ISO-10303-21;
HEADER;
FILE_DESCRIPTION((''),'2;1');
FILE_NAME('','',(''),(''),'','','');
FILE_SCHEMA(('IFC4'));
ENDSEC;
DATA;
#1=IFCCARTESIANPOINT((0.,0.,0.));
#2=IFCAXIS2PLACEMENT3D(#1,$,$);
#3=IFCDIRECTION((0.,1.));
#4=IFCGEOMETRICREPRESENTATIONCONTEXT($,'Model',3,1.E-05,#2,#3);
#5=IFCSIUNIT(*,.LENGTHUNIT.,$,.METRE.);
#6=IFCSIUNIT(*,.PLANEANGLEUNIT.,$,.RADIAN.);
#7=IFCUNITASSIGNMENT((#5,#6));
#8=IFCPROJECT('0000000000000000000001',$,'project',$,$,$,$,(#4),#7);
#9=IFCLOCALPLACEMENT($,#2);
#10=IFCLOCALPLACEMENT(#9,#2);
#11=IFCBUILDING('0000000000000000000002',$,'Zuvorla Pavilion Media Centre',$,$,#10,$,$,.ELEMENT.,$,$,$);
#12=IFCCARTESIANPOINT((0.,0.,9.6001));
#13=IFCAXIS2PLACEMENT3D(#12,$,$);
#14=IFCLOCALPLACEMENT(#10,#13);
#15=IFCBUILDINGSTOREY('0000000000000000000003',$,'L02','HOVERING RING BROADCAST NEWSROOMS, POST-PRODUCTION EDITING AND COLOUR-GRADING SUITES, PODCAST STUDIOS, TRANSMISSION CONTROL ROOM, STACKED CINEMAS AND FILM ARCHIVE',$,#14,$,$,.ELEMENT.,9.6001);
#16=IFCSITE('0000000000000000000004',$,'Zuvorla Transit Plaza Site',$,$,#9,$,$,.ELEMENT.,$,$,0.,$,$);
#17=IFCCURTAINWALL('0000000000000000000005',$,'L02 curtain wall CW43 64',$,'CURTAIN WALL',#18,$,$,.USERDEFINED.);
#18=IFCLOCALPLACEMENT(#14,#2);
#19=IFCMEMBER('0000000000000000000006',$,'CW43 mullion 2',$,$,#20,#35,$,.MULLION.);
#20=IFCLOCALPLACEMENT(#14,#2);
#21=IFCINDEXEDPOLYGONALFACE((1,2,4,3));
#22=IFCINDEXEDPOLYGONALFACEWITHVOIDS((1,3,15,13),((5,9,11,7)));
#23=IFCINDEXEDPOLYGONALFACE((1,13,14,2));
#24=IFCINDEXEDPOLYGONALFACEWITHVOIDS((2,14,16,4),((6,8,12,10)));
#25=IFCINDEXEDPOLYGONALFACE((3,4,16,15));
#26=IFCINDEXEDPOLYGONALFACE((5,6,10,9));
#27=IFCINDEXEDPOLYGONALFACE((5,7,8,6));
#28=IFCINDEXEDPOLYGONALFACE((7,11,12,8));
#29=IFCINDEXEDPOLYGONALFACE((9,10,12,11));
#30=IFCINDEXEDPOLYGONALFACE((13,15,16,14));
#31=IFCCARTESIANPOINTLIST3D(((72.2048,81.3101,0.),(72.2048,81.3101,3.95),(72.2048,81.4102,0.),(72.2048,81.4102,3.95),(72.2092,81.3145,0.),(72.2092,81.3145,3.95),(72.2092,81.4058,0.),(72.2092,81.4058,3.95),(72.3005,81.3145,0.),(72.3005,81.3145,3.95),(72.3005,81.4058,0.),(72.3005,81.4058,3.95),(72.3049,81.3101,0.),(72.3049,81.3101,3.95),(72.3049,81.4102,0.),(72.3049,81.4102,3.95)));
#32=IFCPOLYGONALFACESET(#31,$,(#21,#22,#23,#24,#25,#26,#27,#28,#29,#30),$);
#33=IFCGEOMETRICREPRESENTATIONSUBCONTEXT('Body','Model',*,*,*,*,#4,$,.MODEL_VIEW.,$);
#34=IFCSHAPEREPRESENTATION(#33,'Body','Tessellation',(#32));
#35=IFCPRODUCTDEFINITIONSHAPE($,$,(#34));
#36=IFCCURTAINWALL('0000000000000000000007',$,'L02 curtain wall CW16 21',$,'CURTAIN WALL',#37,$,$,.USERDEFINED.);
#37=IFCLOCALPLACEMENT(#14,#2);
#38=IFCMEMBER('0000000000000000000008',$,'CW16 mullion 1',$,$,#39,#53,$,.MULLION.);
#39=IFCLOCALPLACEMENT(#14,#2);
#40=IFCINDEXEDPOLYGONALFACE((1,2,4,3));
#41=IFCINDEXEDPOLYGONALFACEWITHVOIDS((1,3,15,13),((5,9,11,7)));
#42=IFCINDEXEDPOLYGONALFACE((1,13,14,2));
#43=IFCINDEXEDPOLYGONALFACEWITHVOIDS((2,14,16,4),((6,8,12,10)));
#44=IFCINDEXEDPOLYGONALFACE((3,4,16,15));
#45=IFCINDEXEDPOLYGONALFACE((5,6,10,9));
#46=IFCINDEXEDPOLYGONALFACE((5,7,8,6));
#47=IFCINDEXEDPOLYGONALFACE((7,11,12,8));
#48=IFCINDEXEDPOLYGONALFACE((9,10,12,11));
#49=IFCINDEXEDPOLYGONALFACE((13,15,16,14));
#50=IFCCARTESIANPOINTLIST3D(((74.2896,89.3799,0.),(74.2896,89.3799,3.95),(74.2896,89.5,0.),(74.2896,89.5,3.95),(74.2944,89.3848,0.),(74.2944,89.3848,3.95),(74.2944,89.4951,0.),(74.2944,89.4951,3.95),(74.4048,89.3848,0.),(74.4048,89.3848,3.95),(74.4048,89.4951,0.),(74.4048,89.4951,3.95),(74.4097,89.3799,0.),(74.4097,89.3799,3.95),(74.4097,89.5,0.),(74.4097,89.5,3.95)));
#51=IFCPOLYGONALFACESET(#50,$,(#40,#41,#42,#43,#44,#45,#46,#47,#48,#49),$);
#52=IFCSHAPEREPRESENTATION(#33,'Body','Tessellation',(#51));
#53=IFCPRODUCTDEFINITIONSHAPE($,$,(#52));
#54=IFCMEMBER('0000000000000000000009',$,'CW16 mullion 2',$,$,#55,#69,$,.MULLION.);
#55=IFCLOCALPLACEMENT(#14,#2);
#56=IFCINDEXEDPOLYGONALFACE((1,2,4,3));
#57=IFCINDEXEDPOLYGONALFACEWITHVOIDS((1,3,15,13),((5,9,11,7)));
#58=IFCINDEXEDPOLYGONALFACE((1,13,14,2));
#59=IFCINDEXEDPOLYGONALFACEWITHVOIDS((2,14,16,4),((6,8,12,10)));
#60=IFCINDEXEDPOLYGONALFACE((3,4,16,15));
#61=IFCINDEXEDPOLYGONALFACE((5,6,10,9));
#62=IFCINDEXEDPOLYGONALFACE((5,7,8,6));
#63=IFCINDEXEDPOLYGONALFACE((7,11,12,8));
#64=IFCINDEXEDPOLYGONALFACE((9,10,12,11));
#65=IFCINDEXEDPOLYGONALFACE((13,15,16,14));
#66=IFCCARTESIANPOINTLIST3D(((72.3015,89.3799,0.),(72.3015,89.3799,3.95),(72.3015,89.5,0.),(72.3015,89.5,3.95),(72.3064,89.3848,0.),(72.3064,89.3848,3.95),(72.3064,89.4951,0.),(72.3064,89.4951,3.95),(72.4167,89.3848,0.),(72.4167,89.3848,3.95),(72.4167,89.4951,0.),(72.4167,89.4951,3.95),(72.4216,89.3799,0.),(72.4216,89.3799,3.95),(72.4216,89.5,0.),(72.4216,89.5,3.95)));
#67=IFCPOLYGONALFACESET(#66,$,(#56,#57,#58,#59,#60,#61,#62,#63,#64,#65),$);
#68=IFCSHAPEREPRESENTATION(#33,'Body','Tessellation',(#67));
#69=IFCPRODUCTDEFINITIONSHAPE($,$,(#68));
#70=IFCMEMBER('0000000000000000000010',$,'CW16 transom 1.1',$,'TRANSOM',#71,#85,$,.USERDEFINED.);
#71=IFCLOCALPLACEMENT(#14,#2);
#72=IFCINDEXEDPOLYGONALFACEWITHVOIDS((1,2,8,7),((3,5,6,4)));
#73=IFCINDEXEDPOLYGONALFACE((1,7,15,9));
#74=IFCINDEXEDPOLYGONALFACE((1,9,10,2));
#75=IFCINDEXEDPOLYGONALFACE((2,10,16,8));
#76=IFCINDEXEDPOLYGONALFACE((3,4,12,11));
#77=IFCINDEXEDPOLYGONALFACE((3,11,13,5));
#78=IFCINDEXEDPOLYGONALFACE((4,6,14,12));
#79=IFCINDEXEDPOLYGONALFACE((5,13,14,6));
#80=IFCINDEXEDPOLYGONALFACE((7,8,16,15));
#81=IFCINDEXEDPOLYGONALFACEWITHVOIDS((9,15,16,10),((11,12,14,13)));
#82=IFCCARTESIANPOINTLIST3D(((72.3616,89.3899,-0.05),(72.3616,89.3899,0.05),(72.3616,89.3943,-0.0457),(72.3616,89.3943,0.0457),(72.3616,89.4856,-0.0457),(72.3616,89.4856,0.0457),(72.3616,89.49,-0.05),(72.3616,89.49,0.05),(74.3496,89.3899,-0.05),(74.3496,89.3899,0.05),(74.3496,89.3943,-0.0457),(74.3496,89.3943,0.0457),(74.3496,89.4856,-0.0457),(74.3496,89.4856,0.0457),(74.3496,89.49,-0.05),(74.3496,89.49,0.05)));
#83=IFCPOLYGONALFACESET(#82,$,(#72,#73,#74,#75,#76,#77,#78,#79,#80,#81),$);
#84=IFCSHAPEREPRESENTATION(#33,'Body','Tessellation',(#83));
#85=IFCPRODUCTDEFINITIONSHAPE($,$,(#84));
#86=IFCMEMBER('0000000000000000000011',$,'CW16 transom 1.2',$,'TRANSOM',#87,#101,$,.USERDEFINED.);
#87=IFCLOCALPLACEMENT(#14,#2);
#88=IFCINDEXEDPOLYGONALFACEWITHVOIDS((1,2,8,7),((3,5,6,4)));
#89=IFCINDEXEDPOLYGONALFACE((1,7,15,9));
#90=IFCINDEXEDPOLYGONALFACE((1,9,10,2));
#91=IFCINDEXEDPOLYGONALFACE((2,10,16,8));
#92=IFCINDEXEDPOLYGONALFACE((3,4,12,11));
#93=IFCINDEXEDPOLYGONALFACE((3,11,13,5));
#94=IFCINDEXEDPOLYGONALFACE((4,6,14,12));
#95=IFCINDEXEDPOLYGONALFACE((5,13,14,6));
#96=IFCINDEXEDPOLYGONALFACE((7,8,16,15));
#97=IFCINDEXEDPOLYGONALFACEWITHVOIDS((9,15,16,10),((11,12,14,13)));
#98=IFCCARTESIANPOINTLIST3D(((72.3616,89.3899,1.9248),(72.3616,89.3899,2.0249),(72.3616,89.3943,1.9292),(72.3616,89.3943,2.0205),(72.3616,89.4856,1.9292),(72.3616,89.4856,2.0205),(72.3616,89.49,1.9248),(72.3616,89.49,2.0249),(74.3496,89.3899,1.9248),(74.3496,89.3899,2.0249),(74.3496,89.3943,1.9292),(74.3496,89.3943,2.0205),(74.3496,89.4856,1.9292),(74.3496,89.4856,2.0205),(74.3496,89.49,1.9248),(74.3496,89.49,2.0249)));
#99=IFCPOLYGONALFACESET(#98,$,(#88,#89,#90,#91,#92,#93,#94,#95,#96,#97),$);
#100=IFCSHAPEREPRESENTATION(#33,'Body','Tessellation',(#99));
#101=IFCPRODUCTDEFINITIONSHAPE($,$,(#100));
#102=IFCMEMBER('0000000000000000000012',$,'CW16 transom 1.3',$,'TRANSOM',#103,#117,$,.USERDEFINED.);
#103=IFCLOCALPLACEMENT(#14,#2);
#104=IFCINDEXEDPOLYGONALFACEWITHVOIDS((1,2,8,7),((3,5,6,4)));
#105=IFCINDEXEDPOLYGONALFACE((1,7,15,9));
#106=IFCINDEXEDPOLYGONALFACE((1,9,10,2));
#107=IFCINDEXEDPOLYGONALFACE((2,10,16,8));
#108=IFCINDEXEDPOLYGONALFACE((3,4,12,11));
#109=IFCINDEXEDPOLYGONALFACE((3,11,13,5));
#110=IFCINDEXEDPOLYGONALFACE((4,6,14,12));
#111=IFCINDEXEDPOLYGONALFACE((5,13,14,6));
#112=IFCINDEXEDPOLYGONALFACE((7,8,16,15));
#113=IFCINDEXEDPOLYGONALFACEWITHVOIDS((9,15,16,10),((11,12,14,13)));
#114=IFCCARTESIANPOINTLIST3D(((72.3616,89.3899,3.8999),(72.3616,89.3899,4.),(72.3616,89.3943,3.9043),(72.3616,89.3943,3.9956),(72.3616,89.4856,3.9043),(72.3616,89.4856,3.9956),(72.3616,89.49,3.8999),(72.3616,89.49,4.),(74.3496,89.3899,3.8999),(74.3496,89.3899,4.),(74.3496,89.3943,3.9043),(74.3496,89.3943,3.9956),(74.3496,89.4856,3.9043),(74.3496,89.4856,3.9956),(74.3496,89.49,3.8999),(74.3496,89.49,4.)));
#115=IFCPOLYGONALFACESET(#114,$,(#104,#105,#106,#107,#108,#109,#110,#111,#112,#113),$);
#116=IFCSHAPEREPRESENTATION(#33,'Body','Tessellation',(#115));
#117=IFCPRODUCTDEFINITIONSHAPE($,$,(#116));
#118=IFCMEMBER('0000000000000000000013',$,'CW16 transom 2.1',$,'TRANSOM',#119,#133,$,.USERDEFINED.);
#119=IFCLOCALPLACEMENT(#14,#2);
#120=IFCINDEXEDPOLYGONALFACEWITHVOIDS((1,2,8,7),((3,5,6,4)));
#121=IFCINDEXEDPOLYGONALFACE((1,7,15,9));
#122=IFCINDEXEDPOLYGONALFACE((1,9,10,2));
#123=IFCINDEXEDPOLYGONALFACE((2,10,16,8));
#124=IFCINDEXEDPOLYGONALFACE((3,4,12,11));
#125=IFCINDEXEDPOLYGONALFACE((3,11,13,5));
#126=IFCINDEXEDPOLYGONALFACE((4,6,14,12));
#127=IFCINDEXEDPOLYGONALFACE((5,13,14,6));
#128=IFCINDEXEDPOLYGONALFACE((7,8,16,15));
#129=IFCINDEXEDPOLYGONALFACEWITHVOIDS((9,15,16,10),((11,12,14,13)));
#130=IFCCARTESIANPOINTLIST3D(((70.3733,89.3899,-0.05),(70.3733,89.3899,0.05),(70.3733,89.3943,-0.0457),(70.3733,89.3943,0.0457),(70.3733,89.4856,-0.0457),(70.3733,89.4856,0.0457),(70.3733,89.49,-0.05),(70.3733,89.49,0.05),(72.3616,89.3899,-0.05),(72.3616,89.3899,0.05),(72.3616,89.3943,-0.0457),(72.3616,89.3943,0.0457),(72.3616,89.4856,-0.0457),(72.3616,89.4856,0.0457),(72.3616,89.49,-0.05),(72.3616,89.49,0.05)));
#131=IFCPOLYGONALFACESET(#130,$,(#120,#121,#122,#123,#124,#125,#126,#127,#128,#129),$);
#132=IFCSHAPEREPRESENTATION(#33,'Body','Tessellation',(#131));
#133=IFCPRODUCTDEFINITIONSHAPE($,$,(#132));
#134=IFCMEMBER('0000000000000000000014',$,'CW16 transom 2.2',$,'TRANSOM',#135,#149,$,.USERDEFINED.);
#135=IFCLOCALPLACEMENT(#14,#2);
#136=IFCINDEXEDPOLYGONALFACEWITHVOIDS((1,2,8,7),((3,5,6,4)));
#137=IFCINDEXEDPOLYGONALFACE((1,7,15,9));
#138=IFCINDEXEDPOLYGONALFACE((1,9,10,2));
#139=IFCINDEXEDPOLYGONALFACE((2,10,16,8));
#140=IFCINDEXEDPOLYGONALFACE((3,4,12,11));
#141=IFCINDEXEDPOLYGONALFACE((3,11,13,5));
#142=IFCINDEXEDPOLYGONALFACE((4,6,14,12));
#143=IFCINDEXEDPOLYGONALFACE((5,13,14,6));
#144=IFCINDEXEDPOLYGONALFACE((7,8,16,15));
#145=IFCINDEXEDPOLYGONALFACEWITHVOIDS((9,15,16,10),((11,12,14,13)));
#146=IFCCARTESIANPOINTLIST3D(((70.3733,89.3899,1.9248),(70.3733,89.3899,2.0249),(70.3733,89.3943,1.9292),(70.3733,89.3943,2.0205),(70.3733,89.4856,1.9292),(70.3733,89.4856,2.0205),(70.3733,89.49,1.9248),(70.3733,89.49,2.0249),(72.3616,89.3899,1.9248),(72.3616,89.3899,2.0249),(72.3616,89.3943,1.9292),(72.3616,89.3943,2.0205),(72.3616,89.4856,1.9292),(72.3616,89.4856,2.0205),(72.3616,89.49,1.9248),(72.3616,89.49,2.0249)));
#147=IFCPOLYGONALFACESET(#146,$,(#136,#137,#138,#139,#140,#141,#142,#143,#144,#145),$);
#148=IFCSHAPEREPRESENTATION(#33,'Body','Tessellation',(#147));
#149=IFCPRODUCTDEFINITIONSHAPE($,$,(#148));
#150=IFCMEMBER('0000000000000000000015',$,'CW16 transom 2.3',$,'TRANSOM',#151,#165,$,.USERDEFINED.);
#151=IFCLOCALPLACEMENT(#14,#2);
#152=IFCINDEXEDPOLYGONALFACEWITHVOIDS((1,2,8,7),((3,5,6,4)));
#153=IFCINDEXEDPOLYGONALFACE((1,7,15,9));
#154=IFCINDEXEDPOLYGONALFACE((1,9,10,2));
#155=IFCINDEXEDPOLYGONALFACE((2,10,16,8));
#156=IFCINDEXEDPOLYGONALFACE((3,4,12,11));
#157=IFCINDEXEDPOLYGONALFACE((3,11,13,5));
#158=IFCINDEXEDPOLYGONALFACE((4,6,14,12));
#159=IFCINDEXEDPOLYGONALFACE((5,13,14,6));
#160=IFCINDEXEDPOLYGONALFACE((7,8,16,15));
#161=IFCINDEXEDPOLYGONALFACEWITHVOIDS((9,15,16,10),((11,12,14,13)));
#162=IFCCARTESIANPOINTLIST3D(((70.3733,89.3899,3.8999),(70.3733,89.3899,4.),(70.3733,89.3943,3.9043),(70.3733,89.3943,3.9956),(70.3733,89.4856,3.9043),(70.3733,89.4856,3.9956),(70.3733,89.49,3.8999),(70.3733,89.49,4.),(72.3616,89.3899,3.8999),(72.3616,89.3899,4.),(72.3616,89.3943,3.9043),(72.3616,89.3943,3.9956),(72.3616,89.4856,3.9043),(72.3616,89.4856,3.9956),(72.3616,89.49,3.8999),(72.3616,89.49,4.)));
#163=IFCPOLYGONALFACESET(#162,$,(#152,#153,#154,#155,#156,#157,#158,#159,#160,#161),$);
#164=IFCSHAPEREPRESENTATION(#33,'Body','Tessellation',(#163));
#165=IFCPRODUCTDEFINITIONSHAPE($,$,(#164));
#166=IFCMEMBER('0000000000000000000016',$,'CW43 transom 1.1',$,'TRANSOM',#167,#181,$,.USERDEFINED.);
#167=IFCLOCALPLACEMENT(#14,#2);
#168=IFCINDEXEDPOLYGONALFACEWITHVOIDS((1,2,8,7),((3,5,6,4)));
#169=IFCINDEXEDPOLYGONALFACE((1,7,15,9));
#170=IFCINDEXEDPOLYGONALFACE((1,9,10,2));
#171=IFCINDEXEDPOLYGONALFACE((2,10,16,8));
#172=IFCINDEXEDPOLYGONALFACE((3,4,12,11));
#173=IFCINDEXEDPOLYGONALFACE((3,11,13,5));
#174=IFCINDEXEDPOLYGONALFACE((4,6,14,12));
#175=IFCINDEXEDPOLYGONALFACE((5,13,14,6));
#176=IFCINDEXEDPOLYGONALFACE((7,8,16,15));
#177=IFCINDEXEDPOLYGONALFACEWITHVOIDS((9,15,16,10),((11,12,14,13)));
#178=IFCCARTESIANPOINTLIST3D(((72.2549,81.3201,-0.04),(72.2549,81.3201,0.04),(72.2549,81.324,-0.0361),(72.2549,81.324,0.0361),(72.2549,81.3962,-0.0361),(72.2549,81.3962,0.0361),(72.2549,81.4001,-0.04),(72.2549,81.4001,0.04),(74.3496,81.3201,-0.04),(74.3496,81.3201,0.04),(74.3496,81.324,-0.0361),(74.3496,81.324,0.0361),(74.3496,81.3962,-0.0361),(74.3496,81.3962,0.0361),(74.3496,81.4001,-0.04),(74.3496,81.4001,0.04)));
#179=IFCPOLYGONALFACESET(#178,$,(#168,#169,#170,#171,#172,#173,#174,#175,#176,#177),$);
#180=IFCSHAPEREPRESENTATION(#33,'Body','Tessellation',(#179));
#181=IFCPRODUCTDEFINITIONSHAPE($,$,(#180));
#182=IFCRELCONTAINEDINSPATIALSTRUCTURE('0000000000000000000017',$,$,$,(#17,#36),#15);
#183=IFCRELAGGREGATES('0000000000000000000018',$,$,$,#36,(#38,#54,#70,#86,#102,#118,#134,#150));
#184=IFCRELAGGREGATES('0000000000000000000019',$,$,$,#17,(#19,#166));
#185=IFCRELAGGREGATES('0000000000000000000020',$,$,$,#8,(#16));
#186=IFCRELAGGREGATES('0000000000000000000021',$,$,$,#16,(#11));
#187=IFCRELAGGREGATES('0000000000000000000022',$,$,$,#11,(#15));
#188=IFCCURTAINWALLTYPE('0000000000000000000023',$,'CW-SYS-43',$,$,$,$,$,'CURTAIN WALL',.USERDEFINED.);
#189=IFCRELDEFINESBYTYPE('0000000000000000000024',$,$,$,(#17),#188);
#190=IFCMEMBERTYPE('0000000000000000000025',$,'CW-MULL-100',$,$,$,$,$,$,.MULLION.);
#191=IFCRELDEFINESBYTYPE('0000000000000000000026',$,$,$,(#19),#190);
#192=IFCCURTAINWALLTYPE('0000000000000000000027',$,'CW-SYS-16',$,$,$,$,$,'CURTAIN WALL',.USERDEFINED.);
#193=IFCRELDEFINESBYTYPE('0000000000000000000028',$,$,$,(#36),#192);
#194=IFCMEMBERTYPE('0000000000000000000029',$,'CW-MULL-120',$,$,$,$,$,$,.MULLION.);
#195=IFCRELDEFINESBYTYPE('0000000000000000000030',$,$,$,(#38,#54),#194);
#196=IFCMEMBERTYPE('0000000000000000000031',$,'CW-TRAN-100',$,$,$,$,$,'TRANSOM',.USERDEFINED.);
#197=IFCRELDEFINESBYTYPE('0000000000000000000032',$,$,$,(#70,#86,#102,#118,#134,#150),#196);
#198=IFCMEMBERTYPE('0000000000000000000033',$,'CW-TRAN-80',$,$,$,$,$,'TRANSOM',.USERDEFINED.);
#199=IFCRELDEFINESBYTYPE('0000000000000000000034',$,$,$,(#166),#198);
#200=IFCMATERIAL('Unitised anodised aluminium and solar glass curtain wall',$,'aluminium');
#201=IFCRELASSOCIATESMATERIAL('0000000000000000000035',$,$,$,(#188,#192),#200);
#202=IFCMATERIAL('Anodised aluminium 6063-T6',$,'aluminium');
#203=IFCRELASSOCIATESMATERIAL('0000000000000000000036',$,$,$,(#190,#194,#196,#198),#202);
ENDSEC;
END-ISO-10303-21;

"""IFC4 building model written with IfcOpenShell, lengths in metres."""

from ifc_helpers import new_model, si_unit, direction, frame, origin, origin_2d, place, context, subcontext, project, spatial, hollow_rectangle, extrude, material, material_profile, profile_set, type_object, element, aggregate, save


model = new_model("IFC4")

# Units and contexts
model_context = context("Model", 3, precision=1e-05, world=origin(), true_north=direction((0.0, 1.0)))
body_context = subcontext(model_context, "Body", "Model", "MODEL_VIEW")
ifc_project = project(units=[si_unit("LENGTHUNIT", "METRE"), si_unit("PLANEANGLEUNIT", "RADIAN")], contexts=[model_context])

# Site, building, storey
site_placement = place(None, origin())
site = spatial("IfcSite", under=ifc_project, at=site_placement, Name="Zuvorla Transit Plaza Site", CompositionType="ELEMENT", RefElevation=0.0)
building_placement = place(site_placement, origin())
building = spatial("IfcBuilding", under=site, at=building_placement, Name="Zuvorla Pavilion Media Centre", CompositionType="ELEMENT")
storey_placement = place(building_placement, frame((0.0, 0.0, 9.6001)))
storey = spatial("IfcBuildingStorey", under=building, at=storey_placement, Name="L02", Description="HOVERING RING BROADCAST NEWSROOMS, POST-PRODUCTION EDITING AND COLOUR-GRADING SUITES, PODCAST STUDIOS, TRANSMISSION CONTROL ROOM, STACKED CINEMAS AND FILM ARCHIVE", CompositionType="ELEMENT", Elevation=9.6001)

# Curtain walls, members
ifc_material_1 = material(Name="Unitised anodised aluminium and solar glass curtain wall", Category="aluminium")
curtain_wall_type_1 = type_object("IfcCurtainWallType", Name="CW-SYS-43", ElementType="CURTAIN WALL", PredefinedType="USERDEFINED", material=ifc_material_1)
curtain_wall_1_placement = place(storey_placement, origin())
curtain_wall_1 = element("IfcCurtainWall", 1, at=curtain_wall_1_placement, inside=storey, type_object=curtain_wall_type_1, Name="L02 curtain wall CW43 64", ObjectType="CURTAIN WALL", PredefinedType="USERDEFINED")
ifc_material_2 = material(Name="Anodised aluminium 6063-T6", Category="aluminium")
ifc_material_profile_1 = material_profile(ifc_material_2, hollow_rectangle(XDim=0.1001, YDim=0.1001, WallThickness=0.0044, at=origin_2d()), Name="ALU MULL 100x100")
ifc_profile_set_1 = profile_set([ifc_material_profile_1], Name="Anodised aluminium 6063-T6")
member_type_1 = type_object("IfcMemberType", Name="CW-MULL-100", PredefinedType="MULLION", material=ifc_profile_set_1)
member_1_placement = place(storey_placement, frame((72.2549, 81.3601, 0.0), z_axis=(0.0, 0.0, 1.0), x_axis=(1.0, 0.0, 0.0)))
member_1 = element("IfcMember", 2, at=member_1_placement, type_object=member_type_1, Name="CW43 mullion 2", PredefinedType="MULLION", context=body_context, shape_type="SweptSolid", body=[
    extrude(hollow_rectangle(XDim=0.1001, YDim=0.1001, WallThickness=0.0044, at=origin_2d()), origin(), (0.0, 0.0, 1.0), 3.95),
])
curtain_wall_type_2 = type_object("IfcCurtainWallType", Name="CW-SYS-16", ElementType="CURTAIN WALL", PredefinedType="USERDEFINED", material=ifc_material_1)
curtain_wall_2_placement = place(storey_placement, origin())
curtain_wall_2 = element("IfcCurtainWall", 3, at=curtain_wall_2_placement, inside=storey, type_object=curtain_wall_type_2, Name="L02 curtain wall CW16 21", ObjectType="CURTAIN WALL", PredefinedType="USERDEFINED")
ifc_material_profile_2 = material_profile(ifc_material_2, hollow_rectangle(XDim=0.1201, YDim=0.1201, WallThickness=0.0049, at=origin_2d()), Name="ALU MULL 120x120")
ifc_profile_set_2 = profile_set([ifc_material_profile_2], Name="Anodised aluminium 6063-T6")
member_type_2 = type_object("IfcMemberType", Name="CW-MULL-120", PredefinedType="MULLION", material=ifc_profile_set_2)
member_2_placement = place(storey_placement, frame((74.3496, 89.4399, 0.0), z_axis=(0.0, 0.0, 1.0), x_axis=(1.0, 0.0, 0.0)))
member_2 = element("IfcMember", 4, at=member_2_placement, type_object=member_type_2, Name="CW16 mullion 1", PredefinedType="MULLION", context=body_context, shape_type="SweptSolid", body=[
    extrude(hollow_rectangle(XDim=0.1201, YDim=0.1201, WallThickness=0.0049, at=origin_2d()), origin(), (0.0, 0.0, 1.0), 3.95),
])
member_3_placement = place(storey_placement, frame((72.3616, 89.4399, 0.0), z_axis=(0.0, 0.0, 1.0), x_axis=(1.0, 0.0, 0.0)))
member_3 = element("IfcMember", 5, at=member_3_placement, type_object=member_type_2, Name="CW16 mullion 2", PredefinedType="MULLION", context=body_context, shape_type="SweptSolid", body=[
    extrude(hollow_rectangle(XDim=0.1201, YDim=0.1201, WallThickness=0.0049, at=origin_2d()), origin(), (0.0, 0.0, 1.0), 3.95),
])
ifc_material_profile_3 = material_profile(ifc_material_2, hollow_rectangle(XDim=0.1001, YDim=0.1001, WallThickness=0.0044, at=origin_2d()), Name="ALU TRAN 100x100")
ifc_profile_set_3 = profile_set([ifc_material_profile_3], Name="Anodised aluminium 6063-T6")
member_type_3 = type_object("IfcMemberType", Name="CW-TRAN-100", ElementType="TRANSOM", PredefinedType="USERDEFINED", material=ifc_profile_set_3)
member_4_placement = place(storey_placement, frame((74.3496, 89.4399, 0.0), z_axis=(-1.0, 0.0, 0.0), x_axis=(0.0, -1.0, 0.0)))
member_4 = element("IfcMember", 6, at=member_4_placement, type_object=member_type_3, Name="CW16 transom 1.1", ObjectType="TRANSOM", PredefinedType="USERDEFINED", context=body_context, shape_type="SweptSolid", body=[
    extrude(hollow_rectangle(XDim=0.1001, YDim=0.1001, WallThickness=0.0044, at=origin_2d()), origin(), (0.0, 0.0, 1.0), 1.988),
])
member_5_placement = place(storey_placement, frame((74.3496, 89.4399, 1.9749), z_axis=(-1.0, 0.0, 0.0), x_axis=(0.0, -1.0, 0.0)))
member_5 = element("IfcMember", 7, at=member_5_placement, type_object=member_type_3, Name="CW16 transom 1.2", ObjectType="TRANSOM", PredefinedType="USERDEFINED", context=body_context, shape_type="SweptSolid", body=[
    extrude(hollow_rectangle(XDim=0.1001, YDim=0.1001, WallThickness=0.0044, at=origin_2d()), origin(), (0.0, 0.0, 1.0), 1.988),
])
member_6_placement = place(storey_placement, frame((74.3496, 89.4399, 3.95), z_axis=(-1.0, 0.0, 0.0), x_axis=(0.0, -1.0, 0.0)))
member_6 = element("IfcMember", 8, at=member_6_placement, type_object=member_type_3, Name="CW16 transom 1.3", ObjectType="TRANSOM", PredefinedType="USERDEFINED", context=body_context, shape_type="SweptSolid", body=[
    extrude(hollow_rectangle(XDim=0.1001, YDim=0.1001, WallThickness=0.0044, at=origin_2d()), origin(), (0.0, 0.0, 1.0), 1.988),
])
member_7_placement = place(storey_placement, frame((72.3616, 89.4399, 0.0), z_axis=(-1.0, 0.0, 0.0), x_axis=(0.0, -1.0, 0.0)))
member_7 = element("IfcMember", 9, at=member_7_placement, type_object=member_type_3, Name="CW16 transom 2.1", ObjectType="TRANSOM", PredefinedType="USERDEFINED", context=body_context, shape_type="SweptSolid", body=[
    extrude(hollow_rectangle(XDim=0.1001, YDim=0.1001, WallThickness=0.0044, at=origin_2d()), origin(), (0.0, 0.0, 1.0), 1.9883),
])
member_8_placement = place(storey_placement, frame((72.3616, 89.4399, 1.9749), z_axis=(-1.0, 0.0, 0.0), x_axis=(0.0, -1.0, 0.0)))
member_8 = element("IfcMember", 10, at=member_8_placement, type_object=member_type_3, Name="CW16 transom 2.2", ObjectType="TRANSOM", PredefinedType="USERDEFINED", context=body_context, shape_type="SweptSolid", body=[
    extrude(hollow_rectangle(XDim=0.1001, YDim=0.1001, WallThickness=0.0044, at=origin_2d()), origin(), (0.0, 0.0, 1.0), 1.9883),
])
member_9_placement = place(storey_placement, frame((72.3616, 89.4399, 3.95), z_axis=(-1.0, 0.0, 0.0), x_axis=(0.0, -1.0, 0.0)))
member_9 = element("IfcMember", 11, at=member_9_placement, type_object=member_type_3, Name="CW16 transom 2.3", ObjectType="TRANSOM", PredefinedType="USERDEFINED", context=body_context, shape_type="SweptSolid", body=[
    extrude(hollow_rectangle(XDim=0.1001, YDim=0.1001, WallThickness=0.0044, at=origin_2d()), origin(), (0.0, 0.0, 1.0), 1.9883),
])

# Member
ifc_material_profile_4 = material_profile(ifc_material_2, hollow_rectangle(XDim=0.0801, YDim=0.0801, WallThickness=0.0039, at=origin_2d()), Name="ALU TRAN 80x80")
ifc_profile_set_4 = profile_set([ifc_material_profile_4], Name="Anodised aluminium 6063-T6")
member_type_4 = type_object("IfcMemberType", Name="CW-TRAN-80", ElementType="TRANSOM", PredefinedType="USERDEFINED", material=ifc_profile_set_4)
member_10_placement = place(storey_placement, frame((74.3496, 81.3601, 0.0), z_axis=(-1.0, 0.0, 0.0), x_axis=(0.0, -1.0, 0.0)))
member_10 = element("IfcMember", 12, at=member_10_placement, type_object=member_type_4, Name="CW43 transom 1.1", ObjectType="TRANSOM", PredefinedType="USERDEFINED", context=body_context, shape_type="SweptSolid", body=[
    extrude(hollow_rectangle(XDim=0.0801, YDim=0.0801, WallThickness=0.0039, at=origin_2d()), origin(), (0.0, 0.0, 1.0), 2.0947),
])

aggregate(curtain_wall_2, [member_2, member_3, member_4, member_5, member_6, member_7, member_8, member_9])
aggregate(curtain_wall_1, [member_1, member_10])

save(model, "model.ifc")
